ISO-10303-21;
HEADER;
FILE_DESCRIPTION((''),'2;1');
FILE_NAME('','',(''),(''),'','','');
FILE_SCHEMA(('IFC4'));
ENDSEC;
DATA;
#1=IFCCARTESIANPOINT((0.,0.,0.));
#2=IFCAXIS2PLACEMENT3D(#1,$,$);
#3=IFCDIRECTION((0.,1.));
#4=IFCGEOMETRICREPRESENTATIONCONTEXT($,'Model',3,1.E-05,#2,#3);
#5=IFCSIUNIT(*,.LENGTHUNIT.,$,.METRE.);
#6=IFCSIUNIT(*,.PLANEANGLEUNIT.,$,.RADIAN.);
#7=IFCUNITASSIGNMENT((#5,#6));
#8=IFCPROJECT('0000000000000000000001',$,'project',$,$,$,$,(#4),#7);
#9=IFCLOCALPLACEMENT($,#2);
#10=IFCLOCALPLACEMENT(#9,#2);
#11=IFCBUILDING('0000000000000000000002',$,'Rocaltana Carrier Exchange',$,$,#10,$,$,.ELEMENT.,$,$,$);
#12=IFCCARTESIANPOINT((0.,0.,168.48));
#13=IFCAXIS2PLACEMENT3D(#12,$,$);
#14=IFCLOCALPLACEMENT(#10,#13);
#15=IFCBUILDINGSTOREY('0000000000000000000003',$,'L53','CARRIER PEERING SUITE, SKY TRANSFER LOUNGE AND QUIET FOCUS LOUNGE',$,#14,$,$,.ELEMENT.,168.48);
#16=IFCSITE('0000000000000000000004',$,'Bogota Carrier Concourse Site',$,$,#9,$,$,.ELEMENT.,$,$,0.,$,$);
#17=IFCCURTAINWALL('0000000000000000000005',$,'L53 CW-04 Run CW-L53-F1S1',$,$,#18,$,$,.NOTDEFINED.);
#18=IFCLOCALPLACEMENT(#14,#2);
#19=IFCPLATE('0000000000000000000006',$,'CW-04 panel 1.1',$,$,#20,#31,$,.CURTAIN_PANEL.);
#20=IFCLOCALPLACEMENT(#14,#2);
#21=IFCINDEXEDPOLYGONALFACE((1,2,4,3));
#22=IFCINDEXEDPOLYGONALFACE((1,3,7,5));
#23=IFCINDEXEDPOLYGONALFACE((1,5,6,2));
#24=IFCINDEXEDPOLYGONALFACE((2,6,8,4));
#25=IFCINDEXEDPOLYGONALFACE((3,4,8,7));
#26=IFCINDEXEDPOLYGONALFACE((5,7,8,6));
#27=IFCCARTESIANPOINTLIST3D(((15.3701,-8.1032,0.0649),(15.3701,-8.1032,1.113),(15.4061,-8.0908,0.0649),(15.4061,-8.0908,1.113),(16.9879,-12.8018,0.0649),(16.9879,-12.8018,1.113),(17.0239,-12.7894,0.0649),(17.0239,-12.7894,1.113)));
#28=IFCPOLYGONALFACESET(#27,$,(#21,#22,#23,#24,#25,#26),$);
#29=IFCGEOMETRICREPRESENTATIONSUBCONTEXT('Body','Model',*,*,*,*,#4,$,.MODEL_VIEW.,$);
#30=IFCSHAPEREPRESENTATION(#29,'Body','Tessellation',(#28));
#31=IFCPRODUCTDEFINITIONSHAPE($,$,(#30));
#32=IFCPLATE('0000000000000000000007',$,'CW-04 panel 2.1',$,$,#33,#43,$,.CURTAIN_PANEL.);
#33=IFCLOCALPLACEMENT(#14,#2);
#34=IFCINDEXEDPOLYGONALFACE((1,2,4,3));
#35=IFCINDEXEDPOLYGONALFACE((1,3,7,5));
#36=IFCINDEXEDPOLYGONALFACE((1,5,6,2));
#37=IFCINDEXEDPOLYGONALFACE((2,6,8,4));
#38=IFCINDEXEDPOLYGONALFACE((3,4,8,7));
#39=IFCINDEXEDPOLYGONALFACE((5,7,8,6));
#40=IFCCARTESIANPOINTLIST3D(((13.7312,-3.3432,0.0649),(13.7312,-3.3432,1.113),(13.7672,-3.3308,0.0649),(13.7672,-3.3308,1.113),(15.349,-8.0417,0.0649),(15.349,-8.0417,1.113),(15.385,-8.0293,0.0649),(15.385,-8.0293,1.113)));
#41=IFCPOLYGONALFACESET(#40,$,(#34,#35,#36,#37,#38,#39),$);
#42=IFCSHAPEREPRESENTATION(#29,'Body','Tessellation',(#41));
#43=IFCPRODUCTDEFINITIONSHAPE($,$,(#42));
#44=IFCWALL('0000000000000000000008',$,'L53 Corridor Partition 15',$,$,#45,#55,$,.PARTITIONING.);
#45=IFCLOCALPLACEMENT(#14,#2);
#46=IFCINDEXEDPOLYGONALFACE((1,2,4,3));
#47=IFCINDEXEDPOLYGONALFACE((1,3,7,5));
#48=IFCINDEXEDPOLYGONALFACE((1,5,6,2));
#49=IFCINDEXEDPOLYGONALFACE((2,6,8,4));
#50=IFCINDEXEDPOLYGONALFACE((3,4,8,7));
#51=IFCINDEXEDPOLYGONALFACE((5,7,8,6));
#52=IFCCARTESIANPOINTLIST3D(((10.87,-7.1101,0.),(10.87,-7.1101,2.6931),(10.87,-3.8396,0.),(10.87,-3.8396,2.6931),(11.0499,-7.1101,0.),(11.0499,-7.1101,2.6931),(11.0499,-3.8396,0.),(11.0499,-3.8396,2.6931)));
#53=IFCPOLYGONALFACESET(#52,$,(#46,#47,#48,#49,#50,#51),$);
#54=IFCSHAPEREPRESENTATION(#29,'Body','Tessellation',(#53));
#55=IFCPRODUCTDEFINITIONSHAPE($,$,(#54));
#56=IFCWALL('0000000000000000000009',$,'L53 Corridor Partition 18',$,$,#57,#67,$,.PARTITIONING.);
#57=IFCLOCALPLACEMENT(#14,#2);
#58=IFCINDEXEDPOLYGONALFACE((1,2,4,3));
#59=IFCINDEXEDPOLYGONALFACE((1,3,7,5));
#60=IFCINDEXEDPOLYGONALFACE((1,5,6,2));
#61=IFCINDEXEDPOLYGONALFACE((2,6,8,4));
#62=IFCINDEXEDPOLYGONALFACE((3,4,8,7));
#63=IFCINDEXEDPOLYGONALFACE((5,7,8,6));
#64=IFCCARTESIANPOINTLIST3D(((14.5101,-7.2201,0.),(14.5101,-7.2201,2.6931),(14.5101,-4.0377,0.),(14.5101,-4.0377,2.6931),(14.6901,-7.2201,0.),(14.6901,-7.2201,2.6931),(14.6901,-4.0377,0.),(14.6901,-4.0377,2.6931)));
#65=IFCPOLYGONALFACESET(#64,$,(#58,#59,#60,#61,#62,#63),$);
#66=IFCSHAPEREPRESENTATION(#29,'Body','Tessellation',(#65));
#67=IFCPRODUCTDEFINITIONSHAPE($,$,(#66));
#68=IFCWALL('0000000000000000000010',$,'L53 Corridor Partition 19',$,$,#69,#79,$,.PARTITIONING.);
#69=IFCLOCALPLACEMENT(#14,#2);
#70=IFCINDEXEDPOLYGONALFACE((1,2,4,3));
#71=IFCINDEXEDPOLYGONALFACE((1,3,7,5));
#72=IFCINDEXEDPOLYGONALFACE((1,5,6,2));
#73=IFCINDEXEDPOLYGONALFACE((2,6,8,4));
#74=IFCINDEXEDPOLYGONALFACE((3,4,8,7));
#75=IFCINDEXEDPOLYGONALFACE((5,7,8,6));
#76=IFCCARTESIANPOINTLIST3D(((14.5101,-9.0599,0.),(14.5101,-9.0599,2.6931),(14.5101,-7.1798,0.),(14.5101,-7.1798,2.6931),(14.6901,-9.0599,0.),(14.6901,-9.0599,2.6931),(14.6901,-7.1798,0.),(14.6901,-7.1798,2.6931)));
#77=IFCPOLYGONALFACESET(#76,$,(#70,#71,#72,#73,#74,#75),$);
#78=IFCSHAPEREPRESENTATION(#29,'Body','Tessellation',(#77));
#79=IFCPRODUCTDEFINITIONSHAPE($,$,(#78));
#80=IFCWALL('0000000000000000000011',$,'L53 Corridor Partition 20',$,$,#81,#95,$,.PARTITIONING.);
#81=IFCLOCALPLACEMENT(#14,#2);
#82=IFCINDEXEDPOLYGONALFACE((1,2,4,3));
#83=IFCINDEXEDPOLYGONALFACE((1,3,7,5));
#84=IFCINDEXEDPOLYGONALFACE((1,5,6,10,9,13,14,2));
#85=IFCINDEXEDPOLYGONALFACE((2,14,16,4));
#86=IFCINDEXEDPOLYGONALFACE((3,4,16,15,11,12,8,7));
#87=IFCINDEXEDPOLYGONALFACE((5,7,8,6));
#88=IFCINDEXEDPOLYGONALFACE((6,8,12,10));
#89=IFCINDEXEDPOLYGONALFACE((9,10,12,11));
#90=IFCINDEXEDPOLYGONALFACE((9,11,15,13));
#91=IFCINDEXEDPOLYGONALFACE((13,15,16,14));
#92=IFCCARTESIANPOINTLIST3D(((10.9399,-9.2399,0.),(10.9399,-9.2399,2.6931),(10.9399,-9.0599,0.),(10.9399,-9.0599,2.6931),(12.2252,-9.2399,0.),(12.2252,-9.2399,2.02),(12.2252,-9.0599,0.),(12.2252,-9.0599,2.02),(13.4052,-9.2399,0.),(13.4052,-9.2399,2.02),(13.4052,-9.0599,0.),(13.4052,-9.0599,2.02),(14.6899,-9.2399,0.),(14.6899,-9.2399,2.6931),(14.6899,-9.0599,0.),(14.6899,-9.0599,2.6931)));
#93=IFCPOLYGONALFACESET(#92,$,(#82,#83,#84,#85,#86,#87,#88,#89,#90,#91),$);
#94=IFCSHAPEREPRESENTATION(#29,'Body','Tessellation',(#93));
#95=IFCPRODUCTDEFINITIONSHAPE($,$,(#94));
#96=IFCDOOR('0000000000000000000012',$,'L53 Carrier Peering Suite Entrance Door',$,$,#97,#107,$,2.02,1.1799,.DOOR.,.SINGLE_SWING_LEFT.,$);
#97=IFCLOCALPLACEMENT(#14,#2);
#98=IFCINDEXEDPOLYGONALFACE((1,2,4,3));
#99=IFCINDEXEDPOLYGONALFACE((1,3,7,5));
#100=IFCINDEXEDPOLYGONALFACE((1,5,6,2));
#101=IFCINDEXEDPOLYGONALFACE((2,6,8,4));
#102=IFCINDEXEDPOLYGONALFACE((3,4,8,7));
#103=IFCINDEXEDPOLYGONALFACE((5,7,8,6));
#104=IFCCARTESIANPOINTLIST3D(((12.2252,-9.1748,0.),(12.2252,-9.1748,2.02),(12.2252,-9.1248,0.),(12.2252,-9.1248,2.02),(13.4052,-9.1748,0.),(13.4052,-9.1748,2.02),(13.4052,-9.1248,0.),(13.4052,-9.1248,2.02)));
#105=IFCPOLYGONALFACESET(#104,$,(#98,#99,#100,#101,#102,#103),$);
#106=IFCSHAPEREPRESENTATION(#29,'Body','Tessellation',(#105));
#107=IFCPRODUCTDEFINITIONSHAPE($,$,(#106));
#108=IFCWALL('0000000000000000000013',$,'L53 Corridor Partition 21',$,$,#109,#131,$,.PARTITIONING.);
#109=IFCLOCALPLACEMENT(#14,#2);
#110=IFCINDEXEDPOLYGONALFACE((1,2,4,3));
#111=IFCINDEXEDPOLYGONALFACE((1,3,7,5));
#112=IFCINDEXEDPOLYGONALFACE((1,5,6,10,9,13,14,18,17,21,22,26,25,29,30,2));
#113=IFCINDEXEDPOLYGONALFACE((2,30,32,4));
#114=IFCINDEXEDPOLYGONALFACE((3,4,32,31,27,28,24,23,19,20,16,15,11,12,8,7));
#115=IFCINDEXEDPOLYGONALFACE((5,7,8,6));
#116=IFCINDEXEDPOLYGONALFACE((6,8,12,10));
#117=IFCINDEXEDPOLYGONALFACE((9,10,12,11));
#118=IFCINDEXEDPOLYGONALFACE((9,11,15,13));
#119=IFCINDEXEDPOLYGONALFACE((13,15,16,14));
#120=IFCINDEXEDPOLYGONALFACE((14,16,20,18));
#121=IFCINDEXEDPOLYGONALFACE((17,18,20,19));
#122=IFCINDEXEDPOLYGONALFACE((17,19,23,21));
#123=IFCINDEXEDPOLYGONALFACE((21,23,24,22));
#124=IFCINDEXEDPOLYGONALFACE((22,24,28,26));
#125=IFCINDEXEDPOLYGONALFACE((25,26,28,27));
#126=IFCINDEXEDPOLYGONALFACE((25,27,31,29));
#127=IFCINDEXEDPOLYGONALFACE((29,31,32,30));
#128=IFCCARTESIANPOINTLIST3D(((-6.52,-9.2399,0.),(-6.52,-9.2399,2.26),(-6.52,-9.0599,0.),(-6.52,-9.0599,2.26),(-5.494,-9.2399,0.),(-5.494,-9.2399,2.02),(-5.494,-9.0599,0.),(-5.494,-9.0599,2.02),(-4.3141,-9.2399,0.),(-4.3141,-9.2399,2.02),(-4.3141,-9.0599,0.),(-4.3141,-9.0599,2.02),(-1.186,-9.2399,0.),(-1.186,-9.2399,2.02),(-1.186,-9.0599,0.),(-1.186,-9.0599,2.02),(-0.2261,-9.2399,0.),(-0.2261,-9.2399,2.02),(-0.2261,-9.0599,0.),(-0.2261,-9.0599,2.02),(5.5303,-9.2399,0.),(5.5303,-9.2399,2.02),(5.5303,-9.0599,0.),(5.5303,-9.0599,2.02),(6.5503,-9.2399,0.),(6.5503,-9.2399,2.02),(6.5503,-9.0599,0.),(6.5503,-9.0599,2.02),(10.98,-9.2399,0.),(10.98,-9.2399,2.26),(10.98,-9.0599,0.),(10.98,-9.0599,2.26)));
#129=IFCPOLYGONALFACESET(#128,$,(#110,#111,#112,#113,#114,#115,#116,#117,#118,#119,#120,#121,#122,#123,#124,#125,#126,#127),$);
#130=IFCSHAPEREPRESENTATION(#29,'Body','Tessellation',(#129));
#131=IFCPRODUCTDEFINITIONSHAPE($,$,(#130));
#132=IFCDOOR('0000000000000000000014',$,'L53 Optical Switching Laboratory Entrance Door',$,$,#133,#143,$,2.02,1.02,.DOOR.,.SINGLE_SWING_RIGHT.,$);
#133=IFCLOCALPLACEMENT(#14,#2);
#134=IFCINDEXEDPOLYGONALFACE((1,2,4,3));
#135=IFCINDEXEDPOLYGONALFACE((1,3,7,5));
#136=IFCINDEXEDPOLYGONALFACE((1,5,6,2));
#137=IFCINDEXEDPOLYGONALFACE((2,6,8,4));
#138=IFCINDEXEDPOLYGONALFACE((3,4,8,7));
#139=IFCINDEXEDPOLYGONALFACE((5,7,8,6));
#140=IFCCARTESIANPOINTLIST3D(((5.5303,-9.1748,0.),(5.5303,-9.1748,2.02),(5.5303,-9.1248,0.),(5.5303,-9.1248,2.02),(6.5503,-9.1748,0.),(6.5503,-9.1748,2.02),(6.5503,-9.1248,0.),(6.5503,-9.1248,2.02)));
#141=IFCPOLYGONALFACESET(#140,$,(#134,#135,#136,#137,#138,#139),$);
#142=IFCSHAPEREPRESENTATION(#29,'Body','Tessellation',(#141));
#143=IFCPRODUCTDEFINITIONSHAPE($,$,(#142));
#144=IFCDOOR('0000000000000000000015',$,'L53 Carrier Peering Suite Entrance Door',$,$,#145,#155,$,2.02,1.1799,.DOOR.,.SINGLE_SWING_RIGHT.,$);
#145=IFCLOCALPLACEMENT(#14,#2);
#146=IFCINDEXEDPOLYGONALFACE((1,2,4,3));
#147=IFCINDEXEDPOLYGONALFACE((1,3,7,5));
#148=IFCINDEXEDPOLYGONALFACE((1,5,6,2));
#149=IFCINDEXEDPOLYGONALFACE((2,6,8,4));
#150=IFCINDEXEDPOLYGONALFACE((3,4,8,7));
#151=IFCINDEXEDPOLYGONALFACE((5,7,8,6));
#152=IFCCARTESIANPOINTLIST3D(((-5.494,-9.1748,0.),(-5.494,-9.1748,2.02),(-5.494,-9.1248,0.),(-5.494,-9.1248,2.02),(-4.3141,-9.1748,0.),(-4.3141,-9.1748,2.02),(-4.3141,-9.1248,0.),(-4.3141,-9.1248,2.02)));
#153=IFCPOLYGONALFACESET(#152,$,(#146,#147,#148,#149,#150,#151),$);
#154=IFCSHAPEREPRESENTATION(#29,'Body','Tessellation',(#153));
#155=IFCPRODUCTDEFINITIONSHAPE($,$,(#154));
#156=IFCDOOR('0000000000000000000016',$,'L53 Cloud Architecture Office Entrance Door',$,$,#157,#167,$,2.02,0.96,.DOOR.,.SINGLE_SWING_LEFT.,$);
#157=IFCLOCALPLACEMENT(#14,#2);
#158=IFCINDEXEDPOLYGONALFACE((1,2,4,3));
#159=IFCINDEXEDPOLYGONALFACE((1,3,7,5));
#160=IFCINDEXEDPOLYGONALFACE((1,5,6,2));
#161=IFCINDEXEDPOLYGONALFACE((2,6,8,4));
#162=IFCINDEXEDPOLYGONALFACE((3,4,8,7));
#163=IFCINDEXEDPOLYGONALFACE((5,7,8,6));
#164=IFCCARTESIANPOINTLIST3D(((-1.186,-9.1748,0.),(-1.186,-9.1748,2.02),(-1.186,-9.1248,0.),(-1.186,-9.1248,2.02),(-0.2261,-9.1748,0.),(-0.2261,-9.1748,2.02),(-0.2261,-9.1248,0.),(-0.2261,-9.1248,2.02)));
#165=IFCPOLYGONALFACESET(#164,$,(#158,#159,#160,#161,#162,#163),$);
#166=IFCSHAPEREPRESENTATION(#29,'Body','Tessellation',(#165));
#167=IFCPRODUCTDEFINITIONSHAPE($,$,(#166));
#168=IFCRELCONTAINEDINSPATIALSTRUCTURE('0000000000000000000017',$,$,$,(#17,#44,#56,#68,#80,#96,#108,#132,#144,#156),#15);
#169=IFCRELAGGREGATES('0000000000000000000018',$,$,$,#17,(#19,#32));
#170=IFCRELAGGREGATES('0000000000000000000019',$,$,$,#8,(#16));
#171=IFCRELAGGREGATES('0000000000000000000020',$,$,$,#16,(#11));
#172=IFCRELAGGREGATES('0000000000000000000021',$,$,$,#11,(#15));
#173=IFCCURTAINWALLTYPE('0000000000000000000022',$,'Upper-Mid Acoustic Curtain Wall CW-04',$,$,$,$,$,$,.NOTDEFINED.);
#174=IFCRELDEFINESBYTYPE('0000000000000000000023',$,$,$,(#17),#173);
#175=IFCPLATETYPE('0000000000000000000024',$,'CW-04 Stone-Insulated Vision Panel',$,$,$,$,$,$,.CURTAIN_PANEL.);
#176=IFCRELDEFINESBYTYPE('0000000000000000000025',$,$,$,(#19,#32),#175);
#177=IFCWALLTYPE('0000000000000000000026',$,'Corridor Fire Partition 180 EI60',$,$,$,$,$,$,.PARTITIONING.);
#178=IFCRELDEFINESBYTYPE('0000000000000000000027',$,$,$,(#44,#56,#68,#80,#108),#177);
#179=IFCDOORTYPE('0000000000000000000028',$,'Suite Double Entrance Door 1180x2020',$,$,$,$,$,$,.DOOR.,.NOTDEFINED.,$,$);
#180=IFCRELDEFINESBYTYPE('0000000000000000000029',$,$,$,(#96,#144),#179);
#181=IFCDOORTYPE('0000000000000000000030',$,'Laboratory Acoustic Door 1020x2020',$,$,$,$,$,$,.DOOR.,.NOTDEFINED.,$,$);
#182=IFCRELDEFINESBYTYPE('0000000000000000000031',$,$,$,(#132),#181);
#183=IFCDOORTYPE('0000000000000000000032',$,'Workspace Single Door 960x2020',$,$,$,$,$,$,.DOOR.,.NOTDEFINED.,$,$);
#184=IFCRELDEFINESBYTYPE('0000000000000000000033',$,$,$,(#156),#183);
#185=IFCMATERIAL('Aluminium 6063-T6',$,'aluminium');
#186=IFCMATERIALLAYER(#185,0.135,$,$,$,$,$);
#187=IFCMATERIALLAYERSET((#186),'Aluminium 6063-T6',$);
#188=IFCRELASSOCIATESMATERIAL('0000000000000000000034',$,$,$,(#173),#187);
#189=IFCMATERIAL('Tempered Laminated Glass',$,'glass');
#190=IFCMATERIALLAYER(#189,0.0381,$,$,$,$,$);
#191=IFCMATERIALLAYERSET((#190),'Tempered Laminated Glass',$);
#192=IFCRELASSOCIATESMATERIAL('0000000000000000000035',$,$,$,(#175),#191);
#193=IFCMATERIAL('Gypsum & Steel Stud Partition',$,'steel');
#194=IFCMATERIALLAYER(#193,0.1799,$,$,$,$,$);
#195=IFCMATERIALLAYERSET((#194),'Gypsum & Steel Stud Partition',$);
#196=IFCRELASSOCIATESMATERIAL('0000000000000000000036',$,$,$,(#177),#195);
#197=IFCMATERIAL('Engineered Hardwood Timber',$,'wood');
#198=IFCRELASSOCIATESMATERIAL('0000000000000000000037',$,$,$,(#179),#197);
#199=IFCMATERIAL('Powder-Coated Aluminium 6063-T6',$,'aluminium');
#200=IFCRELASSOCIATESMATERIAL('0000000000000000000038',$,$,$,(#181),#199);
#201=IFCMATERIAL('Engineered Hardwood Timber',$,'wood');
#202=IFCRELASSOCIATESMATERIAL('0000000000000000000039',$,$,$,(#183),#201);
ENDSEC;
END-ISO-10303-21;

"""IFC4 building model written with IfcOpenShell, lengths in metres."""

from ifc_helpers import new_model, si_unit, direction, frame, frame_2d, origin, origin_2d, place, context, subcontext, project, spatial, rectangle, extrude, material, layer, layer_set, type_object, element, fill, aggregate, save


model = new_model("IFC4")

# Units and contexts
model_context = context("Model", 3, precision=1e-05, world=origin(), true_north=direction((0.0, 1.0)))
body_context = subcontext(model_context, "Body", "Model", "MODEL_VIEW")
ifc_project = project(units=[si_unit("LENGTHUNIT", "METRE"), si_unit("PLANEANGLEUNIT", "RADIAN")], contexts=[model_context])

# Site, building, storey
site_placement = place(None, origin())
site = spatial("IfcSite", under=ifc_project, at=site_placement, Name="Bogota Carrier Concourse Site", CompositionType="ELEMENT", RefElevation=0.0)
building_placement = place(site_placement, origin())
building = spatial("IfcBuilding", under=site, at=building_placement, Name="Rocaltana Carrier Exchange", CompositionType="ELEMENT")
storey_placement = place(building_placement, frame((0.0, 0.0, 168.48)))
storey = spatial("IfcBuildingStorey", under=building, at=storey_placement, Name="L53", Description="CARRIER PEERING SUITE, SKY TRANSFER LOUNGE AND QUIET FOCUS LOUNGE", CompositionType="ELEMENT", Elevation=168.48)

# Curtain wall
ifc_material_1 = material(Name="Aluminium 6063-T6", Category="aluminium")
ifc_layer_1 = layer(ifc_material_1, 0.135)
ifc_layer_set_1 = layer_set([ifc_layer_1], Name="Aluminium 6063-T6")
curtain_wall_type = type_object("IfcCurtainWallType", Name="Upper-Mid Acoustic Curtain Wall CW-04", PredefinedType="NOTDEFINED", material=ifc_layer_set_1)
curtain_wall_placement = place(storey_placement, origin())
curtain_wall = element("IfcCurtainWall", 1, at=curtain_wall_placement, inside=storey, type_object=curtain_wall_type, Name="L53 CW-04 Run CW-L53-F1S1", PredefinedType="NOTDEFINED")

# Plates
ifc_material_2 = material(Name="Tempered Laminated Glass", Category="glass")
ifc_layer_2 = layer(ifc_material_2, 0.0381)
ifc_layer_set_2 = layer_set([ifc_layer_2], Name="Tempered Laminated Glass")
plate_type = type_object("IfcPlateType", Name="CW-04 Stone-Insulated Vision Panel", PredefinedType="CURTAIN_PANEL", material=ifc_layer_set_2)
plate_1_placement = place(storey_placement, frame((16.197, -10.4463, 0.0649), z_axis=(0.0, 0.0, 1.0), x_axis=(-0.325559, 0.945522, 0.0)))
plate_1 = element("IfcPlate", 2, at=plate_1_placement, type_object=plate_type, Name="CW-04 panel 1.1", PredefinedType="CURTAIN_PANEL", context=body_context, shape_type="SweptSolid", body=[
    extrude(rectangle(XDim=4.9692, YDim=0.0381, at=origin_2d()), origin(), (0.0, 0.0, 1.0), 1.0481),
])
plate_2_placement = place(storey_placement, frame((14.5581, -5.6863, 0.0649), z_axis=(0.0, 0.0, 1.0), x_axis=(-0.325559, 0.945522, 0.0)))
plate_2 = element("IfcPlate", 3, at=plate_2_placement, type_object=plate_type, Name="CW-04 panel 2.1", PredefinedType="CURTAIN_PANEL", context=body_context, shape_type="SweptSolid", body=[
    extrude(rectangle(XDim=4.9692, YDim=0.0381, at=origin_2d()), origin(), (0.0, 0.0, 1.0), 1.0481),
])
aggregate(curtain_wall, [plate_1, plate_2])

# Walls
ifc_material_3 = material(Name="Gypsum & Steel Stud Partition", Category="steel")
ifc_layer_3 = layer(ifc_material_3, 0.1799)
ifc_layer_set_3 = layer_set([ifc_layer_3], Name="Gypsum & Steel Stud Partition")
wall_type_1 = type_object("IfcWallType", Name="Corridor Fire Partition 180 EI60", PredefinedType="PARTITIONING", material=ifc_layer_set_3)
wall_1_placement = place(storey_placement, frame((10.96, -7.1101, 0.0), z_axis=(0.0, 0.0, 1.0), x_axis=(0.0, 1.0, 0.0)))
element("IfcWall", 4, at=wall_1_placement, inside=storey, type_object=wall_type_1, Name="L53 Corridor Partition 15", PredefinedType="PARTITIONING", context=body_context, shape_type="SweptSolid", body=[
    extrude(rectangle(XDim=3.2705, YDim=0.1799, at=frame_2d((1.6353, 0.0))), origin(), (0.0, 0.0, 1.0), 2.6931),
])
wall_2_placement = place(storey_placement, frame((14.6001, -4.0376, 0.0), z_axis=(0.0, 0.0, 1.0), x_axis=(0.0, -1.0, 0.0)))
element("IfcWall", 5, at=wall_2_placement, inside=storey, type_object=wall_type_1, Name="L53 Corridor Partition 18", PredefinedType="PARTITIONING", context=body_context, shape_type="SweptSolid", body=[
    extrude(rectangle(XDim=3.1824, YDim=0.1799, at=frame_2d((1.5913, 0.0))), origin(), (0.0, 0.0, 1.0), 2.6931),
])
wall_3_placement = place(storey_placement, frame((14.6001, -7.1799, 0.0), z_axis=(0.0, 0.0, 1.0), x_axis=(0.0, -1.0, 0.0)))
element("IfcWall", 6, at=wall_3_placement, inside=storey, type_object=wall_type_1, Name="L53 Corridor Partition 19", PredefinedType="PARTITIONING", context=body_context, shape_type="SweptSolid", body=[
    extrude(rectangle(XDim=1.8801, YDim=0.1799, at=frame_2d((0.9399, 0.0))), origin(), (0.0, 0.0, 1.0), 2.6931),
])

# Wall, opening, door
wall_4_placement = place(storey_placement, frame((14.6899, -9.1499, 0.0), z_axis=(0.0, 0.0, 1.0), x_axis=(-1.0, 0.0, 0.0)))
wall_4 = element("IfcWall", 7, at=wall_4_placement, inside=storey, type_object=wall_type_1, Name="L53 Corridor Partition 20", PredefinedType="PARTITIONING", context=body_context, shape_type="SweptSolid", body=[
    extrude(rectangle(XDim=3.75, YDim=0.1799, at=frame_2d((1.875, 0.0))), origin(), (0.0, 0.0, 1.0), 2.6931),
])
opening_1_placement = place(wall_4_placement, frame((1.2849, 0.0, 0.0)))
opening_1 = element("IfcOpeningElement", 8, at=opening_1_placement, cuts=wall_4, PredefinedType="OPENING", context=body_context, shape_type="SweptSolid", body=[
    extrude(rectangle(XDim=1.1799, YDim=2.02, at=frame_2d((0.5898, 1.01))), frame((0.0, 0.0999, 0.0), z_axis=(0.0, -1.0, 0.0), x_axis=(1.0, 0.0, 0.0)), (0.0, 0.0, 1.0), 0.2),
])
ifc_material_4 = material(Name="Engineered Hardwood Timber", Category="wood")
door_type_1 = type_object("IfcDoorType", Name="Suite Double Entrance Door 1180x2020", OperationType="NOTDEFINED", PredefinedType="DOOR", material=ifc_material_4)
door_1_placement = place(opening_1_placement, origin())
door_1 = element("IfcDoor", 9, at=door_1_placement, inside=storey, type_object=door_type_1, Name="L53 Carrier Peering Suite Entrance Door", OperationType="SINGLE_SWING_LEFT", OverallHeight=2.02, OverallWidth=1.1799, PredefinedType="DOOR", context=body_context, shape_type="SweptSolid", body=[
    extrude(rectangle(XDim=1.1799, YDim=2.02, at=frame_2d((0.5898, 1.01))), frame((0.0, 0.0249, 0.0), z_axis=(0.0, -1.0, 0.0), x_axis=(1.0, 0.0, 0.0)), (0.0, 0.0, 1.0), 0.05),
])
fill(opening_1, door_1)

# Wall, openings, doors
wall_5_placement = place(storey_placement, frame((10.98, -9.1499, 0.0), z_axis=(0.0, 0.0, 1.0), x_axis=(-1.0, 0.0, 0.0)))
wall_5 = element("IfcWall", 10, at=wall_5_placement, inside=storey, type_object=wall_type_1, Name="L53 Corridor Partition 21", PredefinedType="PARTITIONING", context=body_context, shape_type="SweptSolid", body=[
    extrude(rectangle(XDim=17.5, YDim=0.1799, at=frame_2d((8.75, 0.0))), origin(), (0.0, 0.0, 1.0), 2.26),
])
opening_2_placement = place(wall_5_placement, frame((15.2942, 0.0, 0.0)))
opening_2 = element("IfcOpeningElement", 11, at=opening_2_placement, cuts=wall_5, PredefinedType="OPENING", context=body_context, shape_type="SweptSolid", body=[
    extrude(rectangle(XDim=1.1799, YDim=2.02, at=frame_2d((0.5898, 1.01))), frame((0.0, 0.0999, 0.0), z_axis=(0.0, -1.0, 0.0), x_axis=(1.0, 0.0, 0.0)), (0.0, 0.0, 1.0), 0.2),
])
opening_3_placement = place(wall_5_placement, frame((11.2061, 0.0, 0.0)))
opening_3 = element("IfcOpeningElement", 12, at=opening_3_placement, cuts=wall_5, PredefinedType="OPENING", context=body_context, shape_type="SweptSolid", body=[
    extrude(rectangle(XDim=0.96, YDim=2.02, at=frame_2d((0.48, 1.01))), frame((0.0, 0.0999, 0.0), z_axis=(0.0, -1.0, 0.0), x_axis=(1.0, 0.0, 0.0)), (0.0, 0.0, 1.0), 0.2),
])
opening_4_placement = place(wall_5_placement, frame((4.4297, 0.0, 0.0)))
opening_4 = element("IfcOpeningElement", 13, at=opening_4_placement, cuts=wall_5, PredefinedType="OPENING", context=body_context, shape_type="SweptSolid", body=[
    extrude(rectangle(XDim=1.02, YDim=2.02, at=frame_2d((0.51, 1.01))), frame((0.0, 0.0999, 0.0), z_axis=(0.0, -1.0, 0.0), x_axis=(1.0, 0.0, 0.0)), (0.0, 0.0, 1.0), 0.2),
])
ifc_material_5 = material(Name="Powder-Coated Aluminium 6063-T6", Category="aluminium")
door_type_2 = type_object("IfcDoorType", Name="Laboratory Acoustic Door 1020x2020", OperationType="NOTDEFINED", PredefinedType="DOOR", material=ifc_material_5)
door_2_placement = place(opening_4_placement, origin())
door_2 = element("IfcDoor", 14, at=door_2_placement, inside=storey, type_object=door_type_2, Name="L53 Optical Switching Laboratory Entrance Door", OperationType="SINGLE_SWING_RIGHT", OverallHeight=2.02, OverallWidth=1.02, PredefinedType="DOOR", context=body_context, shape_type="SweptSolid", body=[
    extrude(rectangle(XDim=1.02, YDim=2.02, at=frame_2d((0.51, 1.01))), frame((0.0, 0.0249, 0.0), z_axis=(0.0, -1.0, 0.0), x_axis=(1.0, 0.0, 0.0)), (0.0, 0.0, 1.0), 0.05),
])
fill(opening_4, door_2)
door_3_placement = place(opening_2_placement, origin())
door_3 = element("IfcDoor", 15, at=door_3_placement, inside=storey, type_object=door_type_1, Name="L53 Carrier Peering Suite Entrance Door", OperationType="SINGLE_SWING_RIGHT", OverallHeight=2.02, OverallWidth=1.1799, PredefinedType="DOOR", context=body_context, shape_type="SweptSolid", body=[
    extrude(rectangle(XDim=1.1799, YDim=2.02, at=frame_2d((0.5898, 1.01))), frame((0.0, 0.0249, 0.0), z_axis=(0.0, -1.0, 0.0), x_axis=(1.0, 0.0, 0.0)), (0.0, 0.0, 1.0), 0.05),
])
fill(opening_2, door_3)
ifc_material_6 = material(Name="Engineered Hardwood Timber", Category="wood")
door_type_3 = type_object("IfcDoorType", Name="Workspace Single Door 960x2020", OperationType="NOTDEFINED", PredefinedType="DOOR", material=ifc_material_6)
door_4_placement = place(opening_3_placement, origin())
door_4 = element("IfcDoor", 16, at=door_4_placement, inside=storey, type_object=door_type_3, Name="L53 Cloud Architecture Office Entrance Door", OperationType="SINGLE_SWING_LEFT", OverallHeight=2.02, OverallWidth=0.96, PredefinedType="DOOR", context=body_context, shape_type="SweptSolid", body=[
    extrude(rectangle(XDim=0.96, YDim=2.02, at=frame_2d((0.48, 1.01))), frame((0.0, 0.0249, 0.0), z_axis=(0.0, -1.0, 0.0), x_axis=(1.0, 0.0, 0.0)), (0.0, 0.0, 1.0), 0.05),
])
fill(opening_3, door_4)

save(model, "model.ifc")
